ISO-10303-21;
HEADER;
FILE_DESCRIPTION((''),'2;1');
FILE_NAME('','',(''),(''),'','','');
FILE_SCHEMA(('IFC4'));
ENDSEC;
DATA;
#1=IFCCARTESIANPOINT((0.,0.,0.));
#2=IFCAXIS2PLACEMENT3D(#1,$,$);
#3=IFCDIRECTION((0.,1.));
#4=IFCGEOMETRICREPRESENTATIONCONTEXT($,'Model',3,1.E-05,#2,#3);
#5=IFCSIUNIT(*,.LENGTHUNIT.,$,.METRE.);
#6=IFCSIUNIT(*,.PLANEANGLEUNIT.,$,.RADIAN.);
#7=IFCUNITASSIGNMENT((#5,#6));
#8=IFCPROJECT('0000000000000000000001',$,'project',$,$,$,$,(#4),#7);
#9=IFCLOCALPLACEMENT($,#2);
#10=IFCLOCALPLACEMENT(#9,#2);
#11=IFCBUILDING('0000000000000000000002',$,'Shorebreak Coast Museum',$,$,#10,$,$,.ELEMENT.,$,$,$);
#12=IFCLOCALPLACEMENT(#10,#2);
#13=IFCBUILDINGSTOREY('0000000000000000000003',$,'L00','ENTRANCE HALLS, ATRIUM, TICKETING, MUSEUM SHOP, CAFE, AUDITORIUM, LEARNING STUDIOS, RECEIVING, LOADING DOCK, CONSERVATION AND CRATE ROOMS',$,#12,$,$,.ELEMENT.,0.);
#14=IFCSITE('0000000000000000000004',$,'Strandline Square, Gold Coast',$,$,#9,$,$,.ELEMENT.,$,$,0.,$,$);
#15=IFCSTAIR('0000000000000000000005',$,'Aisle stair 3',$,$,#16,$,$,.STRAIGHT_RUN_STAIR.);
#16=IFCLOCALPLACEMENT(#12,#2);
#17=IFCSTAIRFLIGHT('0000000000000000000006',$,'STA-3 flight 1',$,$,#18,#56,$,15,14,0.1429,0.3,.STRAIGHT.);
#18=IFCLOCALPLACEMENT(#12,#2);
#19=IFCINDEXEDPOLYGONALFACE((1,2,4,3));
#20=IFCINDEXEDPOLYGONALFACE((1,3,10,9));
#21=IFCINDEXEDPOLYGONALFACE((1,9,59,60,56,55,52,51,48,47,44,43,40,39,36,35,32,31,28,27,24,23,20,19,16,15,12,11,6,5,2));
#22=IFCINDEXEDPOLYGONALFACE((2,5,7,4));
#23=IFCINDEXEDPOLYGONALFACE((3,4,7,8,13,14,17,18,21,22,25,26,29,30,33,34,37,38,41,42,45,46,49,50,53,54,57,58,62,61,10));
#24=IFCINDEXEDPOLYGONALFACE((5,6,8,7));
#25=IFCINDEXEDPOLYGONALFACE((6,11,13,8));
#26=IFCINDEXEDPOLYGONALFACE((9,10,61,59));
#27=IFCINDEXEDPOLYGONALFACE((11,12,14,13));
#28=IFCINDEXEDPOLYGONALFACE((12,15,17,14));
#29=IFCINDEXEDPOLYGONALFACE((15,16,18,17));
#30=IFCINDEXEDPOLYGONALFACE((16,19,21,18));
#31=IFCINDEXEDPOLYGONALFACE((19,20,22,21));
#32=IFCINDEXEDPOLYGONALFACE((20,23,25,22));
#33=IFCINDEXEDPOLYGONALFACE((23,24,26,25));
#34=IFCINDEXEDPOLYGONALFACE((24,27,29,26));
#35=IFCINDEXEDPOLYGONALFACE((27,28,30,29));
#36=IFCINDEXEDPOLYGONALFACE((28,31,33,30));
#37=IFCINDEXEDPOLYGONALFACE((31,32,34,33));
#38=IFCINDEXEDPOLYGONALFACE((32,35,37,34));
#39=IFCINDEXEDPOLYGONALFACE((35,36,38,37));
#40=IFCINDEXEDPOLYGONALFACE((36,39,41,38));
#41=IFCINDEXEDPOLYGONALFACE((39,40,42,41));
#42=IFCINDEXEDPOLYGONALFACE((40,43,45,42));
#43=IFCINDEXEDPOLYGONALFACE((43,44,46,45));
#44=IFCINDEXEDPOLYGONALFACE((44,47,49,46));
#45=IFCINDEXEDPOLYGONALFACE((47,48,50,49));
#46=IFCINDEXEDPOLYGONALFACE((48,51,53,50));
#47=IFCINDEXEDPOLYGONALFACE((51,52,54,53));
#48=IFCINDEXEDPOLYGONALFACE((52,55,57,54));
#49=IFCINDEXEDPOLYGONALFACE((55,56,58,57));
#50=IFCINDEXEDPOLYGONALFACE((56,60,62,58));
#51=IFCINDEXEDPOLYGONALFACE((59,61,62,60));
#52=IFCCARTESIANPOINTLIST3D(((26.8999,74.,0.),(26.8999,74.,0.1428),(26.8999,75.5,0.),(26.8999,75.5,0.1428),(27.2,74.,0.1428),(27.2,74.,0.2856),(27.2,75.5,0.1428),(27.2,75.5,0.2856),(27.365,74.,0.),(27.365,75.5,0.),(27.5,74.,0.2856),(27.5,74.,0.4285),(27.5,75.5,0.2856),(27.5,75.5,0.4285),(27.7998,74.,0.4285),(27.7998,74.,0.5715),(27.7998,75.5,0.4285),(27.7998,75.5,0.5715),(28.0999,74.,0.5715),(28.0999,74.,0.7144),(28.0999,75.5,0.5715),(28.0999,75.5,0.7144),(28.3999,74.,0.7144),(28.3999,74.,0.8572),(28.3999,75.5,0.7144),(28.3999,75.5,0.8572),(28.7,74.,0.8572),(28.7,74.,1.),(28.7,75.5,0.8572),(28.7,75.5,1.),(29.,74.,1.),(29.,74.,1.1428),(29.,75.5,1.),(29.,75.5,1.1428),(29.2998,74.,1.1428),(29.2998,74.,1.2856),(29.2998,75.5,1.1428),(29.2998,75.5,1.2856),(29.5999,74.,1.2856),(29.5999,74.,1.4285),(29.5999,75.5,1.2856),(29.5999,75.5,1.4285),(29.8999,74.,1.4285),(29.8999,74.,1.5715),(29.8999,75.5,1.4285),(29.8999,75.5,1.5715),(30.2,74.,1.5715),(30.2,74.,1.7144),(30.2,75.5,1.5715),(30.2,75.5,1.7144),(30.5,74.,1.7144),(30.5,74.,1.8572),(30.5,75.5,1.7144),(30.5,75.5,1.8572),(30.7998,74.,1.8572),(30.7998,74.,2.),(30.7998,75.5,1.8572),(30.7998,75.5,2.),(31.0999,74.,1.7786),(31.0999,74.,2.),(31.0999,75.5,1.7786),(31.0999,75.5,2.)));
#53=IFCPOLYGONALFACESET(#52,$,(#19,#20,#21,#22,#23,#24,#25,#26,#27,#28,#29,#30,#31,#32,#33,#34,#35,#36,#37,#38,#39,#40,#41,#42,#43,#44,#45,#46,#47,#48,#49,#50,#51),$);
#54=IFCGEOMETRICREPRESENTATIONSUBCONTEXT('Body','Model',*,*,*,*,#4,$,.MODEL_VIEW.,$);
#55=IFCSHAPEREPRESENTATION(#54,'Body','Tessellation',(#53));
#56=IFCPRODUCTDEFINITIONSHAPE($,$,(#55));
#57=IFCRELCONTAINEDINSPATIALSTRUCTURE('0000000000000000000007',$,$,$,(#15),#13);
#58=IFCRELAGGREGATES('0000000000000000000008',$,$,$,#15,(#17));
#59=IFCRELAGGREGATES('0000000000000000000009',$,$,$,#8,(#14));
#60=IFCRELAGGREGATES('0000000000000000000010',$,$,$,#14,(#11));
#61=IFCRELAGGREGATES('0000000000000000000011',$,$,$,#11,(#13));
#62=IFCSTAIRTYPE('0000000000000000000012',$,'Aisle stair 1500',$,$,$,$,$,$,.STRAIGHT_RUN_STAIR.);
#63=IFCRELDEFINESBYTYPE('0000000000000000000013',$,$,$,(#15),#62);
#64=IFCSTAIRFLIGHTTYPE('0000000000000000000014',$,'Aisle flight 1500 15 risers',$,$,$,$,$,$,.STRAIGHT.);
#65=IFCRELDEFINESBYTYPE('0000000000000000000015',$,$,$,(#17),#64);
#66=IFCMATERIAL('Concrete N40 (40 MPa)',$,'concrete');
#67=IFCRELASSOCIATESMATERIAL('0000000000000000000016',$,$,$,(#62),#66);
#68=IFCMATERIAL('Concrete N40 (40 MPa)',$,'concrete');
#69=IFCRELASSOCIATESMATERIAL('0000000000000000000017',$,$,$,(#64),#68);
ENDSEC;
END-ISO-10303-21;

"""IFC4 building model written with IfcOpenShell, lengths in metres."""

from ifc_helpers import new_model, si_unit, direction, frame, origin, place, context, subcontext, project, spatial, polyline, outline, extrude, material, type_object, element, aggregate, save


model = new_model("IFC4")

# Units and contexts
model_context = context("Model", 3, precision=1e-05, world=origin(), true_north=direction((0.0, 1.0)))
body_context = subcontext(model_context, "Body", "Model", "MODEL_VIEW")
ifc_project = project(units=[si_unit("LENGTHUNIT", "METRE"), si_unit("PLANEANGLEUNIT", "RADIAN")], contexts=[model_context])

# Site, building, storey
site_placement = place(None, origin())
site = spatial("IfcSite", under=ifc_project, at=site_placement, Name="Strandline Square, Gold Coast", CompositionType="ELEMENT", RefElevation=0.0)
building_placement = place(site_placement, origin())
building = spatial("IfcBuilding", under=site, at=building_placement, Name="Shorebreak Coast Museum", CompositionType="ELEMENT")
storey_placement = place(building_placement, origin())
storey = spatial("IfcBuildingStorey", under=building, at=storey_placement, Name="L00", Description="ENTRANCE HALLS, ATRIUM, TICKETING, MUSEUM SHOP, CAFE, AUDITORIUM, LEARNING STUDIOS, RECEIVING, LOADING DOCK, CONSERVATION AND CRATE ROOMS", CompositionType="ELEMENT", Elevation=0.0)

# Stair, stair flight
ifc_material_1 = material(Name="Concrete N40 (40 MPa)", Category="concrete")
stair_type = type_object("IfcStairType", Name="Aisle stair 1500", PredefinedType="STRAIGHT_RUN_STAIR", material=ifc_material_1)
ifc_material_2 = material(Name="Concrete N40 (40 MPa)", Category="concrete")
stair_flight_type = type_object("IfcStairFlightType", Name="Aisle flight 1500 15 risers", PredefinedType="STRAIGHT", material=ifc_material_2)
stair_1_placement = place(storey_placement, origin())
stair_1 = element("IfcStair", 1, at=stair_1_placement, inside=storey, type_object=stair_type, Name="Aisle stair 3", PredefinedType="STRAIGHT_RUN_STAIR")
stair_flight_1_placement = place(storey_placement, frame((26.8999, 74.75, 0.0), z_axis=(0.0, 0.0, 1.0), x_axis=(1.0, 0.0, 0.0)))
stair_flight_1 = element("IfcStairFlight", 2, at=stair_flight_1_placement, type_object=stair_flight_type, Name="STA-3 flight 1", NumberOfRisers=15, NumberOfTreads=14, PredefinedType="STRAIGHT", RiserHeight=0.1429, TreadLength=0.3, context=body_context, shape_type="SweptSolid", body=[
    extrude(outline(polyline([(0.0, 0.0), (0.0, 0.1428), (0.3, 0.1428), (0.3, 0.2856), (0.6001, 0.2856), (0.6001, 0.4285), (0.8999, 0.4285), (0.8999, 0.5715), (1.2, 0.5715), (1.2, 0.7144), (1.5, 0.7144), (1.5, 0.8572), (1.8, 0.8572), (1.8, 1.0), (2.1001, 1.0), (2.1001, 1.1428), (2.3999, 1.1428), (2.3999, 1.2856), (2.7, 1.2856), (2.7, 1.4285), (3.0, 1.4285), (3.0, 1.5715), (3.3, 1.5715), (3.3, 1.7144), (3.6001, 1.7144), (3.6001, 1.8572), (3.8999, 1.8572), (3.8999, 2.0), (4.2, 2.0), (4.2, 2.1428), (4.2, 1.7786), (0.4651, 0.0), (0.0, 0.0)])), frame((0.0, 0.75, 0.0), z_axis=(0.0, -1.0, 0.0), x_axis=(1.0, 0.0, 0.0)), (0.0, 0.0, 1.0), 1.5),
])
aggregate(stair_1, [stair_flight_1])

save(model, "model.ifc")
